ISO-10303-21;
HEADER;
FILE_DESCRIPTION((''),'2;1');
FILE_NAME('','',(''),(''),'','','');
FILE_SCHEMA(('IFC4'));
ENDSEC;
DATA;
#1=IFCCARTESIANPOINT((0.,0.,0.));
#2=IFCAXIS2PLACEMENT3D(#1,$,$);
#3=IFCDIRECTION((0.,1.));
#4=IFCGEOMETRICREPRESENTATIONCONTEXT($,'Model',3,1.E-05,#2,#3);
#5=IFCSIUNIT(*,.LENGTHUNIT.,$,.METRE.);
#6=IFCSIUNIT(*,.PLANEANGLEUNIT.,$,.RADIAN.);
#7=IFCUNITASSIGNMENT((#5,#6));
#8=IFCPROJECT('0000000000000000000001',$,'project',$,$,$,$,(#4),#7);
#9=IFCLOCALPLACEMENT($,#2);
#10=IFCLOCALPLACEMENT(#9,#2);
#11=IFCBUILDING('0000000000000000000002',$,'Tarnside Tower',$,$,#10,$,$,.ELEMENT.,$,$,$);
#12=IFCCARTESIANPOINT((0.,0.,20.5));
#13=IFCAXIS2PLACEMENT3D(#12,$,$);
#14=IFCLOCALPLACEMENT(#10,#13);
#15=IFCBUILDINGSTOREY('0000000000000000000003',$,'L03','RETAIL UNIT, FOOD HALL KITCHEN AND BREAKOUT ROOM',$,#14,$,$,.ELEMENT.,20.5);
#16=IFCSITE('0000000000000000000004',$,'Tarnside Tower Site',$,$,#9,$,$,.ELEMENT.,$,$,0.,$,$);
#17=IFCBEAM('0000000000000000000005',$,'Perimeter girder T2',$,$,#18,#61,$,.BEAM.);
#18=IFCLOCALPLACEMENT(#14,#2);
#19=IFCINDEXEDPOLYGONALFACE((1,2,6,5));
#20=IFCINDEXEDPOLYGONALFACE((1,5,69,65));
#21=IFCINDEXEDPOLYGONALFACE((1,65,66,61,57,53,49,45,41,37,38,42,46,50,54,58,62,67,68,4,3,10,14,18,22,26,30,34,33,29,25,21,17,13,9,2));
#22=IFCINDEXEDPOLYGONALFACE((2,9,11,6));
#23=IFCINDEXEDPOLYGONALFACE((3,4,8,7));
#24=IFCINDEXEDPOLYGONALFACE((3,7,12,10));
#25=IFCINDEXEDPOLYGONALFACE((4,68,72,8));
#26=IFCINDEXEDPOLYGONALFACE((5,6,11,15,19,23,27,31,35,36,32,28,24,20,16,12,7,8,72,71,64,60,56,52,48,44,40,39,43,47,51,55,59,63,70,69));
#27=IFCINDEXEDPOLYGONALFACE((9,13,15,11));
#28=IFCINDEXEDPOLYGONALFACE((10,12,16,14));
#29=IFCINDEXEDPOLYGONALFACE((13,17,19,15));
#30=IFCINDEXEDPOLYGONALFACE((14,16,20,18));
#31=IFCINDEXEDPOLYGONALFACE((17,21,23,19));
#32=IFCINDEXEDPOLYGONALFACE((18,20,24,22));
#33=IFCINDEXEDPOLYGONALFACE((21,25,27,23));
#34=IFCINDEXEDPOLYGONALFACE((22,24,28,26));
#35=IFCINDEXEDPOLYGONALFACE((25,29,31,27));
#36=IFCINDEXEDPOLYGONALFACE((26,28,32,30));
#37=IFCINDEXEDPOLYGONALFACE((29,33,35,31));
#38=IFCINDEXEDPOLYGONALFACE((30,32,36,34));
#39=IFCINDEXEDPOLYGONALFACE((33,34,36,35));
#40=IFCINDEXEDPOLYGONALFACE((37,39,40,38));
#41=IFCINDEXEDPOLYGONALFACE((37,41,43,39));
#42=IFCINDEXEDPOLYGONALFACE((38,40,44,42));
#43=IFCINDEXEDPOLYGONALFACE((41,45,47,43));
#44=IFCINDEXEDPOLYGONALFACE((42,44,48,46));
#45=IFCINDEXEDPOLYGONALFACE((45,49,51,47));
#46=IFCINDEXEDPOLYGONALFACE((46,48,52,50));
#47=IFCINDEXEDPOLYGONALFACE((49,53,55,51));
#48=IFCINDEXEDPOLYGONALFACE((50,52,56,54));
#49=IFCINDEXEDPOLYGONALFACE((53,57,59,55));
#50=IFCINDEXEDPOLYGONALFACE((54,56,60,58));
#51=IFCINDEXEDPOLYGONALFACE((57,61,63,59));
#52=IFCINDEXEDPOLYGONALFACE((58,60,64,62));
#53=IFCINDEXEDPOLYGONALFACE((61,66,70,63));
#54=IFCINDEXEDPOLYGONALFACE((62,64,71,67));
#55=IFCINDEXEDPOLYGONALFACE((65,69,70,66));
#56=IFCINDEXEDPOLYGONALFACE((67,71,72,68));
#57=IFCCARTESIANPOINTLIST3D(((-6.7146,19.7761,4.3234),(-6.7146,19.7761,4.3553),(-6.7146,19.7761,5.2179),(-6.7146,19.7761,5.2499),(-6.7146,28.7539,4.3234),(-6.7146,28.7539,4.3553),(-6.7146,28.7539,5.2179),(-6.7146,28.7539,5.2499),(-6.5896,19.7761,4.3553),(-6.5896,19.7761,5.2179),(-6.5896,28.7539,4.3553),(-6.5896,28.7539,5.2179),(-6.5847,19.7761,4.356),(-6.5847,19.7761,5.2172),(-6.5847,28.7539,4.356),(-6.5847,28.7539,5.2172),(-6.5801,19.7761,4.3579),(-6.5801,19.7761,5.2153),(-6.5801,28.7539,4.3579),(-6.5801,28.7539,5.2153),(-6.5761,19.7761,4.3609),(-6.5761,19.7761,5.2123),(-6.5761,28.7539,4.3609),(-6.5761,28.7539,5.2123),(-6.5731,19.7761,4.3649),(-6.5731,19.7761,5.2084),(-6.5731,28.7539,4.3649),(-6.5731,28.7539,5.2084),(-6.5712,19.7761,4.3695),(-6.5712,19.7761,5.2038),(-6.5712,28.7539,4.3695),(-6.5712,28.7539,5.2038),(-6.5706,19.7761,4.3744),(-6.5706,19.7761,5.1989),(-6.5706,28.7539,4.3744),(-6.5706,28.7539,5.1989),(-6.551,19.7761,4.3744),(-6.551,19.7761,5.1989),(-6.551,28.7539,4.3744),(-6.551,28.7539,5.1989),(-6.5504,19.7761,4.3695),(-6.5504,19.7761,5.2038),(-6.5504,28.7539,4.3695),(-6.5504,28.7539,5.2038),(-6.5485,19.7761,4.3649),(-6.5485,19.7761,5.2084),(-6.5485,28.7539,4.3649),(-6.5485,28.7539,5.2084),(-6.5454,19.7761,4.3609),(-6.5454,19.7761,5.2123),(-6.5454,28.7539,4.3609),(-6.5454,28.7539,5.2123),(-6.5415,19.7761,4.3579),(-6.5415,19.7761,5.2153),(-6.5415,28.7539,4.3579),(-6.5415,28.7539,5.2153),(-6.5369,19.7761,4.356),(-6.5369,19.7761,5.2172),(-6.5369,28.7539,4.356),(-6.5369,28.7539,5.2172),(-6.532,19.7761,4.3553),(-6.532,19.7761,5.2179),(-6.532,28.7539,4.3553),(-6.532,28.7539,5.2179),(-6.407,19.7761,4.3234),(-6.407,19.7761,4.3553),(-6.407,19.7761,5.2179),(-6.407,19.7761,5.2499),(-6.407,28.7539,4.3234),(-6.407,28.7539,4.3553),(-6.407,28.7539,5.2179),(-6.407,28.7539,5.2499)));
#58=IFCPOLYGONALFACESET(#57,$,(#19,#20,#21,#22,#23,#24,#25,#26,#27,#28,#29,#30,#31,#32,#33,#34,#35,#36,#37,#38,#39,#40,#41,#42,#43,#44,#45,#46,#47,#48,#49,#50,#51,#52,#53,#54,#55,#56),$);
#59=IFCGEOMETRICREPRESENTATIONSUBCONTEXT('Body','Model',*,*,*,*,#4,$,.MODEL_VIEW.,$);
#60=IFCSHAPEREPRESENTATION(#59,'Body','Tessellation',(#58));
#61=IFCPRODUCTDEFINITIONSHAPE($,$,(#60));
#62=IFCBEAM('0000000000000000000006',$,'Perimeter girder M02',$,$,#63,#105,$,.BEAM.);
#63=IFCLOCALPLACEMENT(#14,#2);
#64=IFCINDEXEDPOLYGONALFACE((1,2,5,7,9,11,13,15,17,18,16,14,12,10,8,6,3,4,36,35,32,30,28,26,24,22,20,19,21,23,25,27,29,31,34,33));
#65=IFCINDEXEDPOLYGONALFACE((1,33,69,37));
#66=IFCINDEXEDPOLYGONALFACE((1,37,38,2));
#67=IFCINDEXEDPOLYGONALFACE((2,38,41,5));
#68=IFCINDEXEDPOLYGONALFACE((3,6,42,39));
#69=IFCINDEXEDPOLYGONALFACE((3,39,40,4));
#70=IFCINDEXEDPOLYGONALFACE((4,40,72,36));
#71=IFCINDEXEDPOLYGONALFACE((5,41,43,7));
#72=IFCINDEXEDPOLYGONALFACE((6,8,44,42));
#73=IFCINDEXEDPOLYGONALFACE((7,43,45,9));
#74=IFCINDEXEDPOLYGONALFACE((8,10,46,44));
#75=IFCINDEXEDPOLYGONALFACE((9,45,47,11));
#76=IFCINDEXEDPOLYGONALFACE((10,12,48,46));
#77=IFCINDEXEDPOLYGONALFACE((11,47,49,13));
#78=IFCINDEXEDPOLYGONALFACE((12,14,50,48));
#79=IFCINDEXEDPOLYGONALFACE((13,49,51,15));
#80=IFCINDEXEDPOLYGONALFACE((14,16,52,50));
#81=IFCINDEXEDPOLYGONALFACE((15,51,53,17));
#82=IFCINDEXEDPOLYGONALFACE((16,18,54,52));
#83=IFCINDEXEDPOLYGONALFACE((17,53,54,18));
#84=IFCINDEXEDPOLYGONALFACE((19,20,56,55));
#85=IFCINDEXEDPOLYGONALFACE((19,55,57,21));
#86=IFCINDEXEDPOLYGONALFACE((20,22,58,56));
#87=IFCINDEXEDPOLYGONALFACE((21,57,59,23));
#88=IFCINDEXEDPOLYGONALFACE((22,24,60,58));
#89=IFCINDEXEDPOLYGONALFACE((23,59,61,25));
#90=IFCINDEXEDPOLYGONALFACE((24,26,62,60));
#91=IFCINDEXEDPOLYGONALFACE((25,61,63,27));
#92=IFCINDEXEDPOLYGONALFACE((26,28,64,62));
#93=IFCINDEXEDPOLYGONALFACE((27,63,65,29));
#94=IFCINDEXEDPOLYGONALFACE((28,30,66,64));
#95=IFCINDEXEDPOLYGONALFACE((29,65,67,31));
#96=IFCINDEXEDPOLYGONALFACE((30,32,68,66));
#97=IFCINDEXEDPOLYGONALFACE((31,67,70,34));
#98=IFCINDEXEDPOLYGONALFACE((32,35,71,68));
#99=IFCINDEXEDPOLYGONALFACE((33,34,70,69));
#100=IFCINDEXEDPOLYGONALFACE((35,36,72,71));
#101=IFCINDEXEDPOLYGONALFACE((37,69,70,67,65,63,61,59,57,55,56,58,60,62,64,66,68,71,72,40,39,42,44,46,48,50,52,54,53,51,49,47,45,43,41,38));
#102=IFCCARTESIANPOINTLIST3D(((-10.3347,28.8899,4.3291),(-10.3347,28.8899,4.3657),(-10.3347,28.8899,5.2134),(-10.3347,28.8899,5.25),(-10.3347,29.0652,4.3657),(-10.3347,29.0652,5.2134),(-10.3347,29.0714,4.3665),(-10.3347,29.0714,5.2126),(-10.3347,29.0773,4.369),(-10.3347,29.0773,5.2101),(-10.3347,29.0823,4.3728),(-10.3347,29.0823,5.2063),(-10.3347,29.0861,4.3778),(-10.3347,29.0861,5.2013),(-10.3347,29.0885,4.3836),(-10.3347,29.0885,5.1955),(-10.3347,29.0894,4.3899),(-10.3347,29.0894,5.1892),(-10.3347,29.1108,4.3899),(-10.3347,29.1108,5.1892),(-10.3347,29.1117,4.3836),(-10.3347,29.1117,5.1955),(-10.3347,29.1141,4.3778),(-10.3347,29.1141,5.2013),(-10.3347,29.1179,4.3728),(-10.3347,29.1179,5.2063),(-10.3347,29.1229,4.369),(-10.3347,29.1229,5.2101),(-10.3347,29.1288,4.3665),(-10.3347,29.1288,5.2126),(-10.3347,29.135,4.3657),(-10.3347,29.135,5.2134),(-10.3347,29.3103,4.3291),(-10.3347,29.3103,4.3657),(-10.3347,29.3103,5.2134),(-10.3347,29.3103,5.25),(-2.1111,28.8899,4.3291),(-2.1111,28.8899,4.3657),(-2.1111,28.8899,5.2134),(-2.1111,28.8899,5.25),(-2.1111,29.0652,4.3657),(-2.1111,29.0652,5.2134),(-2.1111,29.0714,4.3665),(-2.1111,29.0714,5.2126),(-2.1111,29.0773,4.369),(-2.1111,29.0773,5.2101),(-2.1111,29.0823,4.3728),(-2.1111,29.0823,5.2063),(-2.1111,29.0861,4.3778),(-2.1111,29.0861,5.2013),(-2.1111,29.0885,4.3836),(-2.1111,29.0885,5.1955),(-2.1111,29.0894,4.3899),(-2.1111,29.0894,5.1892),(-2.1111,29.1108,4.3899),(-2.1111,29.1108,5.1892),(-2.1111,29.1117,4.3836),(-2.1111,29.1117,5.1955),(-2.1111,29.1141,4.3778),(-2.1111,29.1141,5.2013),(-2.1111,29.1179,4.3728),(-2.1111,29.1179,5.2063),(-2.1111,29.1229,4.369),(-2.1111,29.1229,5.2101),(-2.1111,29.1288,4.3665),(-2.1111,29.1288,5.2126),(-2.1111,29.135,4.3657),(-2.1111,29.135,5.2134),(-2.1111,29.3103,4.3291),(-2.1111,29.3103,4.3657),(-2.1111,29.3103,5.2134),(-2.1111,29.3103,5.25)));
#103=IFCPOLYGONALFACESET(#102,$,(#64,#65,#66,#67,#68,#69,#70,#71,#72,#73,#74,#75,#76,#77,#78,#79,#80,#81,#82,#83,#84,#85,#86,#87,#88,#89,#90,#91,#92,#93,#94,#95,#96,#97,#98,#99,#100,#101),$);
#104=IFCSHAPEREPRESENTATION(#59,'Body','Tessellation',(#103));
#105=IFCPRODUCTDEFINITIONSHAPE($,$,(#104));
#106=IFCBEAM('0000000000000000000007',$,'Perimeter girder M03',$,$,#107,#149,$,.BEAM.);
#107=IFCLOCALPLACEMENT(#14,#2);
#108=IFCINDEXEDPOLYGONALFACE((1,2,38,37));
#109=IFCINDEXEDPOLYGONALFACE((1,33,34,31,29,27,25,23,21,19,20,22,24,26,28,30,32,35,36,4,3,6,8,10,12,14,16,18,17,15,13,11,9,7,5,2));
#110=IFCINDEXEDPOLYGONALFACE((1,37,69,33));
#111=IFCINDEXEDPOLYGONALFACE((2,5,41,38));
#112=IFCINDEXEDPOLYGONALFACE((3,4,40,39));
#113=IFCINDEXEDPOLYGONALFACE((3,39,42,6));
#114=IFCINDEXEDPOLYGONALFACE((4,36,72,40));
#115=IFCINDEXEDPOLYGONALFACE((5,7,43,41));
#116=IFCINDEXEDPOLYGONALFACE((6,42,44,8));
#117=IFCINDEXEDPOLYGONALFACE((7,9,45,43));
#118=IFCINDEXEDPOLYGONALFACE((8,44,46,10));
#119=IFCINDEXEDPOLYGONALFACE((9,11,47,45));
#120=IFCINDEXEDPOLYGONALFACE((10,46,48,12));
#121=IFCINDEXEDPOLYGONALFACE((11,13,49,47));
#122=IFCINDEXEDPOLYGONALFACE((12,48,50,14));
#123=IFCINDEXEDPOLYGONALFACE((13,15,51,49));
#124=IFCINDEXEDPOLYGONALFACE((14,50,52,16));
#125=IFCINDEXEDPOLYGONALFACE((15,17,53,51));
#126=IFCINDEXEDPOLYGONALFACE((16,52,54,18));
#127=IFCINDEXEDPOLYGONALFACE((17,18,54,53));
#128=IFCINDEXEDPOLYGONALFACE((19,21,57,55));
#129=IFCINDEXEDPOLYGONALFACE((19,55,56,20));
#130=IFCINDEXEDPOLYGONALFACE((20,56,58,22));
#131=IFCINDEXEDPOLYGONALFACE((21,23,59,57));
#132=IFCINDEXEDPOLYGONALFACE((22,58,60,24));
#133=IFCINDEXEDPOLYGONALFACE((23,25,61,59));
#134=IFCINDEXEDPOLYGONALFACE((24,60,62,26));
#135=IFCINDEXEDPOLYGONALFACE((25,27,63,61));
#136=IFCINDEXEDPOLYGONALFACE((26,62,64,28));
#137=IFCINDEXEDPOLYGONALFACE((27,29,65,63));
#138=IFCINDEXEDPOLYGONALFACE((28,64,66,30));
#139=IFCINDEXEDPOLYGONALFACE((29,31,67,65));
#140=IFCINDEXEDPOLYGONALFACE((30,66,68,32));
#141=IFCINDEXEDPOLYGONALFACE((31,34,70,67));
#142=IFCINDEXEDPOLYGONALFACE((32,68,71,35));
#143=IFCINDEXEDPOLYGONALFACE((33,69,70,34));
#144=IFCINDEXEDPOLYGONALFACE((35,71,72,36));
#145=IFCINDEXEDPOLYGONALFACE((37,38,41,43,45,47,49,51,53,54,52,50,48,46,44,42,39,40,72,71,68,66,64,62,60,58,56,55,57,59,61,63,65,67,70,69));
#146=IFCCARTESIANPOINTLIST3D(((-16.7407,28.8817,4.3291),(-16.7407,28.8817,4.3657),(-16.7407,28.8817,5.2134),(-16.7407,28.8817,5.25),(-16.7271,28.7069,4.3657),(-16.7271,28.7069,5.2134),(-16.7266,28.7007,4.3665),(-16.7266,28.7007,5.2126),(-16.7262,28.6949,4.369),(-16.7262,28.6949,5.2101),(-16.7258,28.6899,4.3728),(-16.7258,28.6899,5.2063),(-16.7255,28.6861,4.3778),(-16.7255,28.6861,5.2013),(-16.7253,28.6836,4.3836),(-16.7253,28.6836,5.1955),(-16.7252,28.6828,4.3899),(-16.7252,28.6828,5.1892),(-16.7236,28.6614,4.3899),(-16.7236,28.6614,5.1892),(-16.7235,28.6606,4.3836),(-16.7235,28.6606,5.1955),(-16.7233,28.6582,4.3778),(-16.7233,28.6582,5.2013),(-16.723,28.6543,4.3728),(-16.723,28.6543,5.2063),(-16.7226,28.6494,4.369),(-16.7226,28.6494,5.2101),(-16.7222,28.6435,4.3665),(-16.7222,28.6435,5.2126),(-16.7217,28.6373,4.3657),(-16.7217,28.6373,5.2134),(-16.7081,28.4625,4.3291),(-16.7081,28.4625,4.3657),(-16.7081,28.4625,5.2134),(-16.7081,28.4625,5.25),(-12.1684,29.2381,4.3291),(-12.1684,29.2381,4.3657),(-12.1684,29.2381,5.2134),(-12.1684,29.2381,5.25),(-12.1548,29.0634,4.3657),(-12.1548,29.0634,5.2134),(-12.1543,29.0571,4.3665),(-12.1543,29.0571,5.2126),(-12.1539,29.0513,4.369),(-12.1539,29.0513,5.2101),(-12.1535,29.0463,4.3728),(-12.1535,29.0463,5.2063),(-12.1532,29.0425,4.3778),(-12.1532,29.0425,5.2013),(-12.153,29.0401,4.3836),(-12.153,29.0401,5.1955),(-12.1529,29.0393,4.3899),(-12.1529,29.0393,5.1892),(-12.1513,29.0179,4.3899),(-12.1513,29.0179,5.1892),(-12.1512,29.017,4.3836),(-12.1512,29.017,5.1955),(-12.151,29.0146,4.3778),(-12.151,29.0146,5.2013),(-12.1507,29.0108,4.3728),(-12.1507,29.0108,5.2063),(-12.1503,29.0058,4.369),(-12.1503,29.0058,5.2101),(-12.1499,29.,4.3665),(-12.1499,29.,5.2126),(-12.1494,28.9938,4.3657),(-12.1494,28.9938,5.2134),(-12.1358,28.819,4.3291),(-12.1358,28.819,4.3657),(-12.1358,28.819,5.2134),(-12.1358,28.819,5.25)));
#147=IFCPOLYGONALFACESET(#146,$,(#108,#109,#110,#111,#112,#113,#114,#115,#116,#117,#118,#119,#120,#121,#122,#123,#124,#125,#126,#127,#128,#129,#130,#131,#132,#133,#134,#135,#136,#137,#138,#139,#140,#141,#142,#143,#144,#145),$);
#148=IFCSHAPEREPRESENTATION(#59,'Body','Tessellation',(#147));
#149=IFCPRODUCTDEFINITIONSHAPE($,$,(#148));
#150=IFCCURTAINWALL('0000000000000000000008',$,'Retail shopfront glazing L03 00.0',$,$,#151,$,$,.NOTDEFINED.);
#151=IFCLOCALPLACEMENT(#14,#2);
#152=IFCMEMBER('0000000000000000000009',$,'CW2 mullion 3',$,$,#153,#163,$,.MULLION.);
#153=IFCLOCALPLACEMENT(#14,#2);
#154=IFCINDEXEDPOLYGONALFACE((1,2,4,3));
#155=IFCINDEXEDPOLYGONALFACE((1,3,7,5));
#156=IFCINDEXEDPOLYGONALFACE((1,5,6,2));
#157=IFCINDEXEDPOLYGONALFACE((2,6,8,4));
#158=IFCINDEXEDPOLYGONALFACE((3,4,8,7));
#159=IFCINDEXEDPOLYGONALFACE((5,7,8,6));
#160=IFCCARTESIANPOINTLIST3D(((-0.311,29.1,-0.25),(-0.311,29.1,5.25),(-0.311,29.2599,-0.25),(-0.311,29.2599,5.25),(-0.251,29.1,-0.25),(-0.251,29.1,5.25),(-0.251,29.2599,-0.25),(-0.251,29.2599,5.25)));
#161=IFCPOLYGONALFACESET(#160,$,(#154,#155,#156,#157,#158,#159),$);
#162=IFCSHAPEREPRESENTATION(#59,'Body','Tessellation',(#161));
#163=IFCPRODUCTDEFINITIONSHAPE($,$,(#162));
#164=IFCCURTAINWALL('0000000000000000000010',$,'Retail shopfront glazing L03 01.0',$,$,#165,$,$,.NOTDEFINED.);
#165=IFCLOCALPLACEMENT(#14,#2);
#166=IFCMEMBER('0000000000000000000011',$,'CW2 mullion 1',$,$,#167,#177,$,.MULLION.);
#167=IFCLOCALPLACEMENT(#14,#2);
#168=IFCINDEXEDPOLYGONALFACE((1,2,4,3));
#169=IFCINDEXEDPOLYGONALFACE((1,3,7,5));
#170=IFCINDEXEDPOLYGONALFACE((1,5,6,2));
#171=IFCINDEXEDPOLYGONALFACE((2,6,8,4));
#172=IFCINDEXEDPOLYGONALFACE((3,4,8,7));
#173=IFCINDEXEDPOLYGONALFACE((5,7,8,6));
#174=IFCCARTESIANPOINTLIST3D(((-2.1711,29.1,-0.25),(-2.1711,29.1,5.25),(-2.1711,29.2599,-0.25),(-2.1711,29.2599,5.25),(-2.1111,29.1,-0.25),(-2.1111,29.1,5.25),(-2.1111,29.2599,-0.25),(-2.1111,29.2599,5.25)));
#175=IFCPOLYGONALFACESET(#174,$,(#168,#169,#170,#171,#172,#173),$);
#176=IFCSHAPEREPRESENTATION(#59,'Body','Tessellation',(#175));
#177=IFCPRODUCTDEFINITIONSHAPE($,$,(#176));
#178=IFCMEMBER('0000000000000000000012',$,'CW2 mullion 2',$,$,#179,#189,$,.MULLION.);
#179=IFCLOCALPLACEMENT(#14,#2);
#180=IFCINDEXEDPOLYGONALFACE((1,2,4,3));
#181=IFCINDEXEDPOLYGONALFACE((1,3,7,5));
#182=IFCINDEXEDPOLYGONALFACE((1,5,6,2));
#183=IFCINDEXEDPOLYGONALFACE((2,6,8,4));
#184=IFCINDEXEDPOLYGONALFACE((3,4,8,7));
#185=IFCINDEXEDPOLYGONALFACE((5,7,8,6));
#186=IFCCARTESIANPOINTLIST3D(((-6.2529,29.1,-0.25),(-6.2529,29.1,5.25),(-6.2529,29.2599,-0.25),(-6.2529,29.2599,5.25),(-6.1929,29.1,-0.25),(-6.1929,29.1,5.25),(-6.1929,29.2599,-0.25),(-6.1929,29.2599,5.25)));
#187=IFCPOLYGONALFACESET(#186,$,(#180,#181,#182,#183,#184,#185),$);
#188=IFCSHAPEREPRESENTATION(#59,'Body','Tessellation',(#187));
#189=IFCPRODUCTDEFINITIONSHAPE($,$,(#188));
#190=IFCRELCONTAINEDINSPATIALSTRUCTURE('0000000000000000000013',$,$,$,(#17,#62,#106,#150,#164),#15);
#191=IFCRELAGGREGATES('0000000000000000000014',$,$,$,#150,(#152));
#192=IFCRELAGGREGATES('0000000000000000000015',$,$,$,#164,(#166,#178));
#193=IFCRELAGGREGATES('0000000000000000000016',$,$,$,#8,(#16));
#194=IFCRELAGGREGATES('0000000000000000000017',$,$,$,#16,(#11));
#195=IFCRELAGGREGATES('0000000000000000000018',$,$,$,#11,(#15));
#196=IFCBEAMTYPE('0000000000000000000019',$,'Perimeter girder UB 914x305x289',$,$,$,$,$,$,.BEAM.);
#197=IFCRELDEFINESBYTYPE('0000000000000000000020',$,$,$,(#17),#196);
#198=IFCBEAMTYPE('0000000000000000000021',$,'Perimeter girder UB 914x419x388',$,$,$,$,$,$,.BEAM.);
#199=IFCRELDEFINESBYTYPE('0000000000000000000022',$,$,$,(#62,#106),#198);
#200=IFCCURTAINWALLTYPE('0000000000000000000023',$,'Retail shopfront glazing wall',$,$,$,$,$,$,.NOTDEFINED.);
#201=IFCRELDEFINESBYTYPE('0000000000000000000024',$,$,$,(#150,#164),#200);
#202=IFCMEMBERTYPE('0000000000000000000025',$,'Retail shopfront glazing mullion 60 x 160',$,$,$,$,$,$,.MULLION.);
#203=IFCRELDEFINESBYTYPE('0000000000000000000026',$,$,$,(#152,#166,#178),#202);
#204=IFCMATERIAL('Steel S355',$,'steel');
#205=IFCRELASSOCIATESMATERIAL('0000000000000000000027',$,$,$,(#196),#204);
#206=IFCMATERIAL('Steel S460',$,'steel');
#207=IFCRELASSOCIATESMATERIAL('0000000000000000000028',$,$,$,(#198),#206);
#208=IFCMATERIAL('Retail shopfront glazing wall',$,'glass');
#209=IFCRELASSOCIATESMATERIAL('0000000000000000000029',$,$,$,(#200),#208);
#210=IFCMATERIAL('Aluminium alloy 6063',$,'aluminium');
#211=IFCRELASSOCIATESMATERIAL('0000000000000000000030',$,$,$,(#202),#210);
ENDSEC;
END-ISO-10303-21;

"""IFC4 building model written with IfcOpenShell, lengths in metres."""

from ifc_helpers import new_model, si_unit, direction, frame, origin, origin_2d, place, context, subcontext, project, spatial, rectangle, i_section, extrude, material, material_profile, profile_set, type_object, element, aggregate, save


model = new_model("IFC4")

# Units and contexts
model_context = context("Model", 3, precision=1e-05, world=origin(), true_north=direction((0.0, 1.0)))
body_context = subcontext(model_context, "Body", "Model", "MODEL_VIEW")
ifc_project = project(units=[si_unit("LENGTHUNIT", "METRE"), si_unit("PLANEANGLEUNIT", "RADIAN")], contexts=[model_context])

# Site, building, storey
site_placement = place(None, origin())
site = spatial("IfcSite", under=ifc_project, at=site_placement, Name="Tarnside Tower Site", CompositionType="ELEMENT", RefElevation=0.0)
building_placement = place(site_placement, origin())
building = spatial("IfcBuilding", under=site, at=building_placement, Name="Tarnside Tower", CompositionType="ELEMENT")
storey_placement = place(building_placement, frame((0.0, 0.0, 20.5)))
storey = spatial("IfcBuildingStorey", under=building, at=storey_placement, Name="L03", Description="RETAIL UNIT, FOOD HALL KITCHEN AND BREAKOUT ROOM", CompositionType="ELEMENT", Elevation=20.5)

# Shared definitions
ifc_material_1 = material(Name="Steel S460", Category="steel")

# Beams
ifc_material_2 = material(Name="Steel S355", Category="steel")
ifc_material_profile_1 = material_profile(ifc_material_2, i_section(OverallWidth=0.3076, OverallDepth=0.9265, WebThickness=0.0195, FlangeThickness=0.032, FilletRadius=0.019, at=origin_2d()), Name="UB 914x305x289")
ifc_profile_set_1 = profile_set([ifc_material_profile_1], Name="Steel S355")
beam_type_1 = type_object("IfcBeamType", Name="Perimeter girder UB 914x305x289", PredefinedType="BEAM", material=ifc_profile_set_1)
beam_1_placement = place(storey_placement, frame((-6.5608, 28.7539, 4.7866), z_axis=(0.0, -1.0, 0.0), x_axis=(1.0, 0.0, 0.0)))
element("IfcBeam", 1, at=beam_1_placement, inside=storey, type_object=beam_type_1, Name="Perimeter girder T2", PredefinedType="BEAM", context=body_context, shape_type="SweptSolid", body=[
    extrude(i_section(OverallWidth=0.3076, OverallDepth=0.9265, WebThickness=0.0195, FlangeThickness=0.032, FilletRadius=0.019, at=origin_2d()), origin(), (0.0, 0.0, 1.0), 8.9778),
])
ifc_material_profile_2 = material_profile(ifc_material_1, i_section(OverallWidth=0.4204, OverallDepth=0.9209, WebThickness=0.0215, FlangeThickness=0.0366, FilletRadius=0.0242, at=origin_2d()), Name="UB 914x419x388")
ifc_profile_set_2 = profile_set([ifc_material_profile_2], Name="Steel S460")
beam_type_2 = type_object("IfcBeamType", Name="Perimeter girder UB 914x419x388", PredefinedType="BEAM", material=ifc_profile_set_2)
beam_2_placement = place(storey_placement, frame((-2.1111, 29.1001, 4.7896), z_axis=(-1.0, 0.0, 0.0), x_axis=(0.0, -1.0, 0.0)))
element("IfcBeam", 2, at=beam_2_placement, inside=storey, type_object=beam_type_2, Name="Perimeter girder M02", PredefinedType="BEAM", context=body_context, shape_type="SweptSolid", body=[
    extrude(i_section(OverallWidth=0.4204, OverallDepth=0.9209, WebThickness=0.0215, FlangeThickness=0.0366, FilletRadius=0.0242, at=origin_2d()), origin(), (0.0, 0.0, 1.0), 8.2236),
])
beam_3_placement = place(storey_placement, frame((-12.1521, 29.0286, 4.7896), z_axis=(-0.996975, -0.077722, 0.0), x_axis=(0.077722, -0.996975, 0.0)))
element("IfcBeam", 3, at=beam_3_placement, inside=storey, type_object=beam_type_2, Name="Perimeter girder M03", PredefinedType="BEAM", context=body_context, shape_type="SweptSolid", body=[
    extrude(i_section(OverallWidth=0.4204, OverallDepth=0.9209, WebThickness=0.0215, FlangeThickness=0.0366, FilletRadius=0.0242, at=origin_2d()), origin(), (0.0, 0.0, 1.0), 4.5862),
])

# Curtain wall, member
ifc_material_3 = material(Name="Retail shopfront glazing wall", Category="glass")
curtain_wall_type = type_object("IfcCurtainWallType", Name="Retail shopfront glazing wall", PredefinedType="NOTDEFINED", material=ifc_material_3)
curtain_wall_1_placement = place(storey_placement, origin())
curtain_wall_1 = element("IfcCurtainWall", 4, at=curtain_wall_1_placement, inside=storey, type_object=curtain_wall_type, Name="Retail shopfront glazing L03 00.0", PredefinedType="NOTDEFINED")
ifc_material_4 = material(Name="Aluminium alloy 6063", Category="aluminium")
ifc_material_profile_3 = material_profile(ifc_material_4, rectangle(XDim=0.1599, YDim=0.0601, at=origin_2d()), Name="Retail shopfront glazing mullion 60 x 160")
ifc_profile_set_3 = profile_set([ifc_material_profile_3], Name="Aluminium alloy 6063")
member_type_1 = type_object("IfcMemberType", Name="Retail shopfront glazing mullion 60 x 160", PredefinedType="MULLION", material=ifc_profile_set_3)
member_1_placement = place(storey_placement, frame((-0.281, 29.1799, -0.25), z_axis=(0.0, 0.0, 1.0), x_axis=(0.0, -1.0, 0.0)))
member_1 = element("IfcMember", 5, at=member_1_placement, type_object=member_type_1, Name="CW2 mullion 3", PredefinedType="MULLION", context=body_context, shape_type="SweptSolid", body=[
    extrude(rectangle(XDim=0.1599, YDim=0.0601, at=origin_2d()), origin(), (0.0, 0.0, 1.0), 5.5),
])
aggregate(curtain_wall_1, [member_1])

# Curtain wall, members
curtain_wall_2_placement = place(storey_placement, origin())
curtain_wall_2 = element("IfcCurtainWall", 6, at=curtain_wall_2_placement, inside=storey, type_object=curtain_wall_type, Name="Retail shopfront glazing L03 01.0", PredefinedType="NOTDEFINED")
member_2_placement = place(storey_placement, frame((-2.1411, 29.1799, -0.25), z_axis=(0.0, 0.0, 1.0), x_axis=(0.0, -1.0, 0.0)))
member_2 = element("IfcMember", 7, at=member_2_placement, type_object=member_type_1, Name="CW2 mullion 1", PredefinedType="MULLION", context=body_context, shape_type="SweptSolid", body=[
    extrude(rectangle(XDim=0.1599, YDim=0.0601, at=origin_2d()), origin(), (0.0, 0.0, 1.0), 5.5),
])
member_3_placement = place(storey_placement, frame((-6.2229, 29.1799, -0.25), z_axis=(0.0, 0.0, 1.0), x_axis=(0.0, -1.0, 0.0)))
member_3 = element("IfcMember", 8, at=member_3_placement, type_object=member_type_1, Name="CW2 mullion 2", PredefinedType="MULLION", context=body_context, shape_type="SweptSolid", body=[
    extrude(rectangle(XDim=0.1599, YDim=0.0601, at=origin_2d()), origin(), (0.0, 0.0, 1.0), 5.5),
])

aggregate(curtain_wall_2, [member_2, member_3])

save(model, "model.ifc")
